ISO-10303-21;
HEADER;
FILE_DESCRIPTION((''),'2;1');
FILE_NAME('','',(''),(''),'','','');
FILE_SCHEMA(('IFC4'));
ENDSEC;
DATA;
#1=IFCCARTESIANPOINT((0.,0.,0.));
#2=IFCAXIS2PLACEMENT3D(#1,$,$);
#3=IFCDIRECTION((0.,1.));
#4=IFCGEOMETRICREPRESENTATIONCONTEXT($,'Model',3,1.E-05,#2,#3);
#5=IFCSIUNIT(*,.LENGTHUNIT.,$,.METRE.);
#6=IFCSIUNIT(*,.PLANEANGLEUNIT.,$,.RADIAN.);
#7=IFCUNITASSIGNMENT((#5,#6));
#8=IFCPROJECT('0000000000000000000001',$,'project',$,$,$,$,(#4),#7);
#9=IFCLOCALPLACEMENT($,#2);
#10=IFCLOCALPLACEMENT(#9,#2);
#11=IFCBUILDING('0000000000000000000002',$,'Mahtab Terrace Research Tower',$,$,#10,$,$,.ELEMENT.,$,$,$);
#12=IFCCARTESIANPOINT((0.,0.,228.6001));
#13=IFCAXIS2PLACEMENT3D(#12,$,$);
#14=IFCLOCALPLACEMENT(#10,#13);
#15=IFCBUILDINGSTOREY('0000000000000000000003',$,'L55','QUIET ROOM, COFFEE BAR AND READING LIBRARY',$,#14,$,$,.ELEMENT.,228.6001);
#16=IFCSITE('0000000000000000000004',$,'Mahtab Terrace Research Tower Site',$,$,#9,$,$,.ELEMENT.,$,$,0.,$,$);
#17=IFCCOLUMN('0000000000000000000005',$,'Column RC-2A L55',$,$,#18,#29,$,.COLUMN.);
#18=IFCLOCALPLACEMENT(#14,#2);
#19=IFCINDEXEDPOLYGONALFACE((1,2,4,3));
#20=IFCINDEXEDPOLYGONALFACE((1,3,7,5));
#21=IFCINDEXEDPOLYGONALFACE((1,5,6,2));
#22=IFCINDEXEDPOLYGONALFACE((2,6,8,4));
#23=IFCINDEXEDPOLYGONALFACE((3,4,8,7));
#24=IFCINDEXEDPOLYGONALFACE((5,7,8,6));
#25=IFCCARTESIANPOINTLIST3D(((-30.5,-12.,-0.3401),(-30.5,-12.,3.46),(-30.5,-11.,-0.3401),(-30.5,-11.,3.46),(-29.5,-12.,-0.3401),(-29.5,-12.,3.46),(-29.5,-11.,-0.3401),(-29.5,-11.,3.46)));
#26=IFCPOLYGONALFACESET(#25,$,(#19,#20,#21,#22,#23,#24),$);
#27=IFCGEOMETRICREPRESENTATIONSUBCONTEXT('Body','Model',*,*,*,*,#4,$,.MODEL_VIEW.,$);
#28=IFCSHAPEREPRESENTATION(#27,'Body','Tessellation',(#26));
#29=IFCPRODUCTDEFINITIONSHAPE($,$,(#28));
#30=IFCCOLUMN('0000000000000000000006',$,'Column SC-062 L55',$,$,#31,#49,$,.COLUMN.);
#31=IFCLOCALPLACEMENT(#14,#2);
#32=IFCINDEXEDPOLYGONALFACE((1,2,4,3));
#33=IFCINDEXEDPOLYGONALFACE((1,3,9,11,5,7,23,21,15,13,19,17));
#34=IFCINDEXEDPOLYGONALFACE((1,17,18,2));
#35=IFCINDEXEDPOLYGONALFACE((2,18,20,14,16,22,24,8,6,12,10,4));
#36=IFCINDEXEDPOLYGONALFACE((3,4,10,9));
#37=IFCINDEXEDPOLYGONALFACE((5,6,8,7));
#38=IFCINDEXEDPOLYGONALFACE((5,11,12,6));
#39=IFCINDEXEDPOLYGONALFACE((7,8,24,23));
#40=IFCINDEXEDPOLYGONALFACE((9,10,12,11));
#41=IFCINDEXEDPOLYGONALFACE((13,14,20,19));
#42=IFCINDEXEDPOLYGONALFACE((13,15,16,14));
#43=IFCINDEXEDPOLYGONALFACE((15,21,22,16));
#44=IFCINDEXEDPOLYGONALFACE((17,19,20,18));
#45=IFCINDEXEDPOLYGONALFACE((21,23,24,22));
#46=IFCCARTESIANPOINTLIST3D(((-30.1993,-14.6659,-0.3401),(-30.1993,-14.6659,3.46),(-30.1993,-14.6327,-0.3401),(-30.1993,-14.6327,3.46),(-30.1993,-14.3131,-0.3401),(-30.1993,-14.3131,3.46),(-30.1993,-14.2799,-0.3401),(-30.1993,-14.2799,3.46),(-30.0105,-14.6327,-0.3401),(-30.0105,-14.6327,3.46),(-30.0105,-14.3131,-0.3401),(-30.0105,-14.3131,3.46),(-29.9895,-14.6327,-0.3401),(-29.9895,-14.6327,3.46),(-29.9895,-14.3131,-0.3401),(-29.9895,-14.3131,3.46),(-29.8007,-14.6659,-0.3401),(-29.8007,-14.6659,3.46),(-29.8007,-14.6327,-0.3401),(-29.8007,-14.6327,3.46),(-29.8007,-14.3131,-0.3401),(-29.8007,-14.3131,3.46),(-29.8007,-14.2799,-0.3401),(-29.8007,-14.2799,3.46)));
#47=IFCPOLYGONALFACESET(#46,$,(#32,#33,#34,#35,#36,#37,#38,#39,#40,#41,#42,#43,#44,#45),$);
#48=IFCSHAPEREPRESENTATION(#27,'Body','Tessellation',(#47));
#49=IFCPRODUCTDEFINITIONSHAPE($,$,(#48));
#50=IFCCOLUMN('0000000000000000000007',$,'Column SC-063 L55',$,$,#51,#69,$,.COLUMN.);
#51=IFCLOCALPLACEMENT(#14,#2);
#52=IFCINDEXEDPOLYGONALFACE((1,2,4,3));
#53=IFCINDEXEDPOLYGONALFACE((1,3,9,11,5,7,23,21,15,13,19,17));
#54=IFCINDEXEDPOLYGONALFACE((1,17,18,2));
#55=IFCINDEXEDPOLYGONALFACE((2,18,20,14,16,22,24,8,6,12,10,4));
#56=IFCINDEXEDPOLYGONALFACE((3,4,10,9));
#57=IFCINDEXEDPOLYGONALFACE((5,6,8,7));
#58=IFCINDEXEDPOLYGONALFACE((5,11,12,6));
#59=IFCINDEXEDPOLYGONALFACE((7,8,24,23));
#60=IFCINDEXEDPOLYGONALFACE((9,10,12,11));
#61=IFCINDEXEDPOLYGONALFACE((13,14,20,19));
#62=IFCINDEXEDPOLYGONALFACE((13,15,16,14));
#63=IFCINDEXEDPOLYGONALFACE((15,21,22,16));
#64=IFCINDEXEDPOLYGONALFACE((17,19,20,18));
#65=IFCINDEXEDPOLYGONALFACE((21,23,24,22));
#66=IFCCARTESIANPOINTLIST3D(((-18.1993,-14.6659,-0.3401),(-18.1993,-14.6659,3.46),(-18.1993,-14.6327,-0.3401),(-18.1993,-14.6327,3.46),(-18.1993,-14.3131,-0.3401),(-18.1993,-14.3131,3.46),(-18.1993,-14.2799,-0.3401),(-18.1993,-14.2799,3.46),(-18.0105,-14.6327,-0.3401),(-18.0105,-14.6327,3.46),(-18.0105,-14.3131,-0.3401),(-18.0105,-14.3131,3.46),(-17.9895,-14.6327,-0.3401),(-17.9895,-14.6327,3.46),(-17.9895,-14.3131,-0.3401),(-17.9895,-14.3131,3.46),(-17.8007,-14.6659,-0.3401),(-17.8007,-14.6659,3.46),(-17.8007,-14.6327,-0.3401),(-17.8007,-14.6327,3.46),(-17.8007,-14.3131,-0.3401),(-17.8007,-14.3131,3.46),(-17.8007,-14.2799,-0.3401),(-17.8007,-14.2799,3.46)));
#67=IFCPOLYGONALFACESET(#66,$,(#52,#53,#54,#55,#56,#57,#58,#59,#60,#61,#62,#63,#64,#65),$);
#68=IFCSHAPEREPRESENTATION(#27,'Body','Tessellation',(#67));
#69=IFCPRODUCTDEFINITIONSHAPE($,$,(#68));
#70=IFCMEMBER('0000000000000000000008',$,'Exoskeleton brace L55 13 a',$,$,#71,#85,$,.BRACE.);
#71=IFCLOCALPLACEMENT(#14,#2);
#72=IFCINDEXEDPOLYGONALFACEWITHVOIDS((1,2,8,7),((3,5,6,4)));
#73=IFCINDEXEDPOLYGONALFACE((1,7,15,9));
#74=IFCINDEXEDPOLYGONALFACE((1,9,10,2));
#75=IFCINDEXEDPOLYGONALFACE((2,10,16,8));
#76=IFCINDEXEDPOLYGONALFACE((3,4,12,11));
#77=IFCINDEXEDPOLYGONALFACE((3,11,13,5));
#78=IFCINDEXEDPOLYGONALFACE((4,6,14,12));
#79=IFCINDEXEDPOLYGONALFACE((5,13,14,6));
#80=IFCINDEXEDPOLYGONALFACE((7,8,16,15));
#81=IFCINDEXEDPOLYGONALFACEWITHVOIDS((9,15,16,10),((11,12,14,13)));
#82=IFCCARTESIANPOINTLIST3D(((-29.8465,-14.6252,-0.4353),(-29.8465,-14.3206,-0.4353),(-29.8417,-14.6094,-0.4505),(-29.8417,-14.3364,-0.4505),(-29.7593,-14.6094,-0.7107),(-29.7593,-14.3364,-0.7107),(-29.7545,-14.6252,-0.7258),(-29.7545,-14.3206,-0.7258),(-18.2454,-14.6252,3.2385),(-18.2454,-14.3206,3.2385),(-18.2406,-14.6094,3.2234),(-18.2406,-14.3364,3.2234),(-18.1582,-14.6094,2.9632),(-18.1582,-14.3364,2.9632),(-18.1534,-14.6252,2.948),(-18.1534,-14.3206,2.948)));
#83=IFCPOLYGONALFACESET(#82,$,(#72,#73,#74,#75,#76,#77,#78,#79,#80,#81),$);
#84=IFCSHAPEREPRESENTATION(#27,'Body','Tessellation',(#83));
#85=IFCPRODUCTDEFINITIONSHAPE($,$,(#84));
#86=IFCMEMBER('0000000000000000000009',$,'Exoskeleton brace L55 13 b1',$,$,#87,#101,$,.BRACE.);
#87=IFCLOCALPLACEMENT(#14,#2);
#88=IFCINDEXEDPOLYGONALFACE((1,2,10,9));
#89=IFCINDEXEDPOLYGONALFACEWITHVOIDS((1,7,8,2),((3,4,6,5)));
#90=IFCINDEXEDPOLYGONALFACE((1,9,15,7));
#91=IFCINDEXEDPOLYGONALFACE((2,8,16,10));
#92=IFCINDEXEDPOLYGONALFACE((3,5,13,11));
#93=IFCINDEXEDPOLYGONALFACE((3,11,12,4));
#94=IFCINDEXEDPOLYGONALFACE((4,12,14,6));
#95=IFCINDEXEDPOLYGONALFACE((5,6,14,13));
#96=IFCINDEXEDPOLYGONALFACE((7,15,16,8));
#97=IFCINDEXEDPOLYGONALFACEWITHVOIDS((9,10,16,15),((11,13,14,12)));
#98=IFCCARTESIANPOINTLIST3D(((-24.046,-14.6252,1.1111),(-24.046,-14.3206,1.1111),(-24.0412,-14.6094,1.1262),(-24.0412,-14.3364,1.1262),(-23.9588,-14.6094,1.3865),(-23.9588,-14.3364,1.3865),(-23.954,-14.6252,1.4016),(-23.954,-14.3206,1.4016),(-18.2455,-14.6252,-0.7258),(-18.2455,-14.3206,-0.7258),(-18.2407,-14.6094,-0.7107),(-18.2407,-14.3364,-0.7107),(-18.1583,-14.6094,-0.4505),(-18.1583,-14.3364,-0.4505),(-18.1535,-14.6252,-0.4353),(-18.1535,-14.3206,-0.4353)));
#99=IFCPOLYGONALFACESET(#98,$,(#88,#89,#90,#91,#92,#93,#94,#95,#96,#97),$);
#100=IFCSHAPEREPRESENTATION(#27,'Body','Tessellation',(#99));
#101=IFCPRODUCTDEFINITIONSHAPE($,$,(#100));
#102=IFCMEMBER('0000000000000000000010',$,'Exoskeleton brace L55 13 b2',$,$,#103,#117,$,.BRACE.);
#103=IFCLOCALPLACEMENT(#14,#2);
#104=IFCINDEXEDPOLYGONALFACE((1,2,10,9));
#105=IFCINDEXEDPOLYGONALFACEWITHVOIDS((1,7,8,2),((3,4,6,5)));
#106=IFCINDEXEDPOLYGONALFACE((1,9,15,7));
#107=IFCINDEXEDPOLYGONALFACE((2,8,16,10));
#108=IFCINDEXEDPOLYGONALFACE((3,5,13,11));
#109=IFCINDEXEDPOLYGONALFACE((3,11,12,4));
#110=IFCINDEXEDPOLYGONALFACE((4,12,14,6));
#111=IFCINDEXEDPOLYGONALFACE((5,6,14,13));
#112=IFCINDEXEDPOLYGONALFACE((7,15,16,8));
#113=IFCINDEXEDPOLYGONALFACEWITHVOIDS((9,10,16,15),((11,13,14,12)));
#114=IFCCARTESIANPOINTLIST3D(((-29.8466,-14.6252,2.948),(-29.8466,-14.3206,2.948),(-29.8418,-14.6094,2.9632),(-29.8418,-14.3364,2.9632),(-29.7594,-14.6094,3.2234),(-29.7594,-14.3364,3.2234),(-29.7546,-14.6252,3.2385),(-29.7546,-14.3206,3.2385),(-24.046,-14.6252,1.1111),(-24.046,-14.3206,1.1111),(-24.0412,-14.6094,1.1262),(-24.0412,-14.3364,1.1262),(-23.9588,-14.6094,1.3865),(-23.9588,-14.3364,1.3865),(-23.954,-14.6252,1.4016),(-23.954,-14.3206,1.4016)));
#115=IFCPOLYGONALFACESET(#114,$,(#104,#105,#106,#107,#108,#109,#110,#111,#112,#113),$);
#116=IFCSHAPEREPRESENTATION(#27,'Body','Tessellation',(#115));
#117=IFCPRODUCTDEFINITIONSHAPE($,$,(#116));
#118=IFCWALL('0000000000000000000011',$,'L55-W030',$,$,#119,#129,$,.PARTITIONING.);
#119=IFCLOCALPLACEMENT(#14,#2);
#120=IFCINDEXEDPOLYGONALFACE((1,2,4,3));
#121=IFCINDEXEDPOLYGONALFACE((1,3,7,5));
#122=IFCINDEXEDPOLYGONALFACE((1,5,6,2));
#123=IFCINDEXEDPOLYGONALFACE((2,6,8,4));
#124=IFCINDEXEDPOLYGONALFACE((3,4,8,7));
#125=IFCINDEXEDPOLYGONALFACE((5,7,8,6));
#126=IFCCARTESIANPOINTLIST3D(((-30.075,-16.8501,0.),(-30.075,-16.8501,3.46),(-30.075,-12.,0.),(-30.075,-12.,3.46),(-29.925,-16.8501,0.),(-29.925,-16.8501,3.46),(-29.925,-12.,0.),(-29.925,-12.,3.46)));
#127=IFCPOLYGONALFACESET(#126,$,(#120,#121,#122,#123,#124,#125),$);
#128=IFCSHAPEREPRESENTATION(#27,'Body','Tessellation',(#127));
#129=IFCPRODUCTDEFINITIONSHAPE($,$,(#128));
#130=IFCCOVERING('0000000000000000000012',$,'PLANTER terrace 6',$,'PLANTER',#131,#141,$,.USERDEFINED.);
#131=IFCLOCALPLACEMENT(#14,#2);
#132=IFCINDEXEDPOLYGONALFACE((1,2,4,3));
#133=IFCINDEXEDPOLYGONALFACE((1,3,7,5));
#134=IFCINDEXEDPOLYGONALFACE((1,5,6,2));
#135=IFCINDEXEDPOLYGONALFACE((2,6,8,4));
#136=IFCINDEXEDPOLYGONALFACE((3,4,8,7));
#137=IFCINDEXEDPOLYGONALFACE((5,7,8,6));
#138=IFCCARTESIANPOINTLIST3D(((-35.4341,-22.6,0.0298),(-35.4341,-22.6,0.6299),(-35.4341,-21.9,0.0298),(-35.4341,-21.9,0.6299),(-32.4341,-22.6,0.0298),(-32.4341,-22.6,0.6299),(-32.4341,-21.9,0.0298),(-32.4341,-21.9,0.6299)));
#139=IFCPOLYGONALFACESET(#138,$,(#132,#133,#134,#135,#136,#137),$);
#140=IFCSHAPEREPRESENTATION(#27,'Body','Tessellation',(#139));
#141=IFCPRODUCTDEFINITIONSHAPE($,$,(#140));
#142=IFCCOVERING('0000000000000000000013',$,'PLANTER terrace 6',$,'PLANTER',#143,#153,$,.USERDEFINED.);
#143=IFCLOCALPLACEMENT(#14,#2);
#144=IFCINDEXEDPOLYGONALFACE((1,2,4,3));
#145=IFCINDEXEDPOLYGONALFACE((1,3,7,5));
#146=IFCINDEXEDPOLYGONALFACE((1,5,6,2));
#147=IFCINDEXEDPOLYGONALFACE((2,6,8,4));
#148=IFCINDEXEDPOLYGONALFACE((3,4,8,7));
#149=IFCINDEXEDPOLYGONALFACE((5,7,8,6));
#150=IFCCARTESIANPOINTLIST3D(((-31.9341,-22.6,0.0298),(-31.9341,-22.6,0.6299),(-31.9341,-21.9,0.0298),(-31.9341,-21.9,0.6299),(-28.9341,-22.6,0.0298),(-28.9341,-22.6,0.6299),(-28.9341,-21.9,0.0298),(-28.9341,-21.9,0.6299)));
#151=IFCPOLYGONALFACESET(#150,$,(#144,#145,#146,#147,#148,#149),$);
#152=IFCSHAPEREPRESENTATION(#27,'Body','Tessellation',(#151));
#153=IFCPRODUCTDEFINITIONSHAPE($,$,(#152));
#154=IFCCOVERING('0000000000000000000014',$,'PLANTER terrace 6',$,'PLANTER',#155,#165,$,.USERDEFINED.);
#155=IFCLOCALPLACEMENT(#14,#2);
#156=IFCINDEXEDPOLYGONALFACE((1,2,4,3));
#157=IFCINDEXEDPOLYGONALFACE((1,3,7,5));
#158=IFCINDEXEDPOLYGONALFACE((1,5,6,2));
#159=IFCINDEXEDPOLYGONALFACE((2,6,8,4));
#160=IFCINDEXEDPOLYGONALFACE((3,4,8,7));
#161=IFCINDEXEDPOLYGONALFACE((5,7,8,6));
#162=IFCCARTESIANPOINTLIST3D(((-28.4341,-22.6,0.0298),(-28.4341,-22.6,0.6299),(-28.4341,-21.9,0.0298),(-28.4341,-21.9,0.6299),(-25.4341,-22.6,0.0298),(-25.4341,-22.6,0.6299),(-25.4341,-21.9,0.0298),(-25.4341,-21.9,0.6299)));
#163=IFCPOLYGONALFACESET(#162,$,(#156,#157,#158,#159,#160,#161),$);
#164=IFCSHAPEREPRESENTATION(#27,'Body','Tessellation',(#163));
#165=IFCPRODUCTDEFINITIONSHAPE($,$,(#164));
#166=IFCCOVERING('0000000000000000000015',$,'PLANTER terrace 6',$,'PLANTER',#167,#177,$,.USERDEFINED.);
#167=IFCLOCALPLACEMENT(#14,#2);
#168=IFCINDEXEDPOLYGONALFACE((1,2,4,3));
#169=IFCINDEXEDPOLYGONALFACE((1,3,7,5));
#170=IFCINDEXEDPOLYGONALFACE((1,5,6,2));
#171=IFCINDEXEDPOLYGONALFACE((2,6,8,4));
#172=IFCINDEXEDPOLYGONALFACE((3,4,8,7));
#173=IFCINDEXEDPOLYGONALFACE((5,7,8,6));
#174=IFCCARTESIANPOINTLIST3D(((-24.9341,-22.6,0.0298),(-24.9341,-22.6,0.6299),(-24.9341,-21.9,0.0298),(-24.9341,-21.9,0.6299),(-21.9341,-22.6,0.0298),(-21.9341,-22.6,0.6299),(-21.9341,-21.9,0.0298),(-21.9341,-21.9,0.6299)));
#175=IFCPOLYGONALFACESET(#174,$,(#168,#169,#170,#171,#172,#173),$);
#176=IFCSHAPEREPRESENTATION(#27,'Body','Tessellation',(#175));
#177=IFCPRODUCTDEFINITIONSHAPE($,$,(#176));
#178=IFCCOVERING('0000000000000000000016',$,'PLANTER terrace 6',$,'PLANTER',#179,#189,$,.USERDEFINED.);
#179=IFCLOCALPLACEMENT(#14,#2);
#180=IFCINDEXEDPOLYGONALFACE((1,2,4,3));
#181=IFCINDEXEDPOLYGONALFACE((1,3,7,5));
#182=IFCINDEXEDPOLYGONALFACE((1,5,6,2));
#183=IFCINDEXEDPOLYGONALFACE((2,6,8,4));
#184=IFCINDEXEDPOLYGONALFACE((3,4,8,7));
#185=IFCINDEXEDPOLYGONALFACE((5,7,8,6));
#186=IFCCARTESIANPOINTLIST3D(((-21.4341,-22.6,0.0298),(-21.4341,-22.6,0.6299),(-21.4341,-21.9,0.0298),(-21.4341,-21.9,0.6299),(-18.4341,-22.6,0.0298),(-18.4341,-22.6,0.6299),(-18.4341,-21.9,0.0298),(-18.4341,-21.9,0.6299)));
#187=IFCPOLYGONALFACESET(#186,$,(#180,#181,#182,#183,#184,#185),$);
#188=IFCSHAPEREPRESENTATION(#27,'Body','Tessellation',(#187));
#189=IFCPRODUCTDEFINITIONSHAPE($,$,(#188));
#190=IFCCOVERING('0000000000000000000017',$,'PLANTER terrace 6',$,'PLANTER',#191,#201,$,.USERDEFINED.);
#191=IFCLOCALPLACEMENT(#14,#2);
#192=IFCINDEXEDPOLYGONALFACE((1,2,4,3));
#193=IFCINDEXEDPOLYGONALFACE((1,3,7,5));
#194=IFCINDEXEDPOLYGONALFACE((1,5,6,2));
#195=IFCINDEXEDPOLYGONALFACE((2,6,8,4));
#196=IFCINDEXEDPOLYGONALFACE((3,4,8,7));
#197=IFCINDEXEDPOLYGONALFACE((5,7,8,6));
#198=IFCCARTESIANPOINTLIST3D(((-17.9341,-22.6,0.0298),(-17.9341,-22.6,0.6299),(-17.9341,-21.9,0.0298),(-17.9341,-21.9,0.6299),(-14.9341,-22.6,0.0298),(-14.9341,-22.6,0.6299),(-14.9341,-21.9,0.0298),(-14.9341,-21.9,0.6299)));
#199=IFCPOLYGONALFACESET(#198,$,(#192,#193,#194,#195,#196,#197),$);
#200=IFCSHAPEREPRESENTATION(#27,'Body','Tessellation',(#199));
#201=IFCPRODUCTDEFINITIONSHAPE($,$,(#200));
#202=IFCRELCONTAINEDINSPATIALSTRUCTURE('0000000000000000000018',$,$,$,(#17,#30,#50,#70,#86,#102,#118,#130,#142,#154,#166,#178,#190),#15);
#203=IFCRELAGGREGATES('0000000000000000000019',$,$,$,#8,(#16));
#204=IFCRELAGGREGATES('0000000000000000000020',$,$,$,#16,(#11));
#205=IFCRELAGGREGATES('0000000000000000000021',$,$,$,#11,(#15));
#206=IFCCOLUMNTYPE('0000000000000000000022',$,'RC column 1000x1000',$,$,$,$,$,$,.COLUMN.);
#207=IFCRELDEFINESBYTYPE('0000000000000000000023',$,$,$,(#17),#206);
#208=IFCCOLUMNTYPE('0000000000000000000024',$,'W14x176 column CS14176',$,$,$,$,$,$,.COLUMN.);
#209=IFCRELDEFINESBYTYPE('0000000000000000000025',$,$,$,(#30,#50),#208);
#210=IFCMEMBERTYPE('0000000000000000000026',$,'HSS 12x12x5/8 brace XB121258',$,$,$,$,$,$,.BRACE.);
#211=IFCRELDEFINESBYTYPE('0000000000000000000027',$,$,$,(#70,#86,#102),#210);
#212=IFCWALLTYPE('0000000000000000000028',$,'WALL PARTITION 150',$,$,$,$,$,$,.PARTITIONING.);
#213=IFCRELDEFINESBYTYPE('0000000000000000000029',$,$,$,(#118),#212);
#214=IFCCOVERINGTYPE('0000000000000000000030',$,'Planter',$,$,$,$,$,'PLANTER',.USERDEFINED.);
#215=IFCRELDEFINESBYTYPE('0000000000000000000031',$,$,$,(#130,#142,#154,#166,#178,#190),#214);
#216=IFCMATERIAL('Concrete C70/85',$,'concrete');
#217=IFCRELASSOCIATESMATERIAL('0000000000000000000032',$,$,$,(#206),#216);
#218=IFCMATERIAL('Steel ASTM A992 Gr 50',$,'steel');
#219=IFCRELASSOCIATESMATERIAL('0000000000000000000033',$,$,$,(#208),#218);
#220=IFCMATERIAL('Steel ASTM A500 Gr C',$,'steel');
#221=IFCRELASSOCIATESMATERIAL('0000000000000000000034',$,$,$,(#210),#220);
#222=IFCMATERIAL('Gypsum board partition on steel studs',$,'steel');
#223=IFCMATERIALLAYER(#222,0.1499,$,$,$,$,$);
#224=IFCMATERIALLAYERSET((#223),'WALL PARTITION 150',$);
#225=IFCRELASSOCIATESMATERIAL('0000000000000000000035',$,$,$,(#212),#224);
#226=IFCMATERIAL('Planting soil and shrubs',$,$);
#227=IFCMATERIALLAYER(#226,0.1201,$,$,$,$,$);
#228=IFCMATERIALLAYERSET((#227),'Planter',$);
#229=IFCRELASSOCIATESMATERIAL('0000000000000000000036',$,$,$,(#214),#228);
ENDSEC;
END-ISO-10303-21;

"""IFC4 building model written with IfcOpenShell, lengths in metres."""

from ifc_helpers import new_model, si_unit, direction, frame, frame_2d, origin, origin_2d, place, context, subcontext, project, spatial, rectangle, hollow_rectangle, i_section, extrude, material, layer, layer_set, material_profile, profile_set, type_object, element, save


model = new_model("IFC4")

# Units and contexts
model_context = context("Model", 3, precision=1e-05, world=origin(), true_north=direction((0.0, 1.0)))
body_context = subcontext(model_context, "Body", "Model", "MODEL_VIEW")
ifc_project = project(units=[si_unit("LENGTHUNIT", "METRE"), si_unit("PLANEANGLEUNIT", "RADIAN")], contexts=[model_context])

# Site, building, storey
site_placement = place(None, origin())
site = spatial("IfcSite", under=ifc_project, at=site_placement, Name="Mahtab Terrace Research Tower Site", CompositionType="ELEMENT", RefElevation=0.0)
building_placement = place(site_placement, origin())
building = spatial("IfcBuilding", under=site, at=building_placement, Name="Mahtab Terrace Research Tower", CompositionType="ELEMENT")
storey_placement = place(building_placement, frame((0.0, 0.0, 228.6001)))
storey = spatial("IfcBuildingStorey", under=building, at=storey_placement, Name="L55", Description="QUIET ROOM, COFFEE BAR AND READING LIBRARY", CompositionType="ELEMENT", Elevation=228.6001)

# Columns
ifc_material_1 = material(Name="Concrete C70/85", Category="concrete")
ifc_material_profile_1 = material_profile(ifc_material_1, rectangle(XDim=1.0, YDim=1.0, at=origin_2d()), Name="RC column 1000x1000")
ifc_profile_set_1 = profile_set([ifc_material_profile_1], Name="Concrete C70/85")
column_type_1 = type_object("IfcColumnType", Name="RC column 1000x1000", PredefinedType="COLUMN", material=ifc_profile_set_1)
column_placement = place(storey_placement, frame((-30.0, -11.5, -0.3401), z_axis=(0.0, 0.0, 1.0), x_axis=(1.0, 0.0, 0.0)))
element("IfcColumn", 1, at=column_placement, inside=storey, type_object=column_type_1, Name="Column RC-2A L55", PredefinedType="COLUMN", context=body_context, shape_type="SweptSolid", body=[
    extrude(rectangle(XDim=1.0, YDim=1.0, at=origin_2d()), origin(), (0.0, 0.0, 1.0), 3.8),
])
ifc_material_2 = material(Name="Steel ASTM A992 Gr 50", Category="steel")
ifc_material_profile_2 = material_profile(ifc_material_2, i_section(OverallWidth=0.3987, OverallDepth=0.386, WebThickness=0.021, FlangeThickness=0.0332, at=origin_2d()), Name="W14X176")
ifc_profile_set_2 = profile_set([ifc_material_profile_2], Name="Steel ASTM A992 Gr 50")
column_type_2 = type_object("IfcColumnType", Name="W14x176 column CS14176", PredefinedType="COLUMN", material=ifc_profile_set_2)
for number, where, z_axis, x_axis, name in (
    (2, (-30.0, -14.4729, -0.3401), (0.0, 0.0, 1.0), (1.0, 0.0, 0.0), "Column SC-062 L55"),
    (3, (-18.0, -14.4729, -0.3401), (0.0, 0.0, 1.0), (1.0, 0.0, 0.0), "Column SC-063 L55"),
):
    element("IfcColumn", number, at=place(storey_placement, frame(where, z_axis=z_axis, x_axis=x_axis)), inside=storey, type_object=column_type_2, Name=name, PredefinedType="COLUMN", context=body_context, shape_type="SweptSolid", body=[
        extrude(i_section(OverallWidth=0.3987, OverallDepth=0.386, WebThickness=0.021, FlangeThickness=0.0332, at=origin_2d()), origin(), (0.0, 0.0, 1.0), 3.8),
    ])

# Members
ifc_material_3 = material(Name="Steel ASTM A500 Gr C", Category="steel")
ifc_material_profile_3 = material_profile(ifc_material_3, hollow_rectangle(XDim=0.3047, YDim=0.3047, WallThickness=0.0159, at=origin_2d()), Name="HSS12X12X5/8")
ifc_profile_set_3 = profile_set([ifc_material_profile_3], Name="Steel ASTM A500 Gr C")
member_type = type_object("IfcMemberType", Name="HSS 12x12x5/8 brace XB121258", PredefinedType="BRACE", material=ifc_profile_set_3)
member_placement = place(storey_placement, frame((-29.8005, -14.4729, -0.5806), z_axis=(0.953339, 0.0, 0.301903), x_axis=(0.0, 1.0, 0.0)))
element("IfcMember", 4, at=member_placement, inside=storey, type_object=member_type, Name="Exoskeleton brace L55 13 a", PredefinedType="BRACE", context=body_context, shape_type="SweptSolid", body=[
    extrude(hollow_rectangle(XDim=0.3047, YDim=0.3047, WallThickness=0.0159, at=origin_2d()), origin(), (0.0, 0.0, 1.0), 12.1689),
])
for number, where, z_axis, x_axis, name in (
    (5, (-18.1995, -14.4729, -0.5806), (-0.953339, 0.0, 0.301903), (0.0, -1.0, 0.0), "Exoskeleton brace L55 13 b1"),
    (6, (-24.0, -14.4729, 1.2563), (-0.953339, 0.0, 0.301903), (0.0, -1.0, 0.0), "Exoskeleton brace L55 13 b2"),
):
    element("IfcMember", number, at=place(storey_placement, frame(where, z_axis=z_axis, x_axis=x_axis)), inside=storey, type_object=member_type, Name=name, PredefinedType="BRACE", context=body_context, shape_type="SweptSolid", body=[
        extrude(hollow_rectangle(XDim=0.3047, YDim=0.3047, WallThickness=0.0159, at=origin_2d()), origin(), (0.0, 0.0, 1.0), 6.0845),
    ])

# Wall
ifc_material_4 = material(Name="Gypsum board partition on steel studs", Category="steel")
ifc_layer_1 = layer(ifc_material_4, 0.1499)
ifc_layer_set_1 = layer_set([ifc_layer_1], Name="WALL PARTITION 150")
wall_type = type_object("IfcWallType", Name="WALL PARTITION 150", PredefinedType="PARTITIONING", material=ifc_layer_set_1)
wall_placement = place(storey_placement, frame((-30.0, -16.8501, 0.0), z_axis=(0.0, 0.0, 1.0), x_axis=(0.0, 1.0, 0.0)))
element("IfcWall", 7, at=wall_placement, inside=storey, type_object=wall_type, Name="L55-W030", PredefinedType="PARTITIONING", context=body_context, shape_type="SweptSolid", body=[
    extrude(rectangle(XDim=4.8501, YDim=0.1499, at=frame_2d((2.425, 0.0))), origin(), (0.0, 0.0, 1.0), 3.46),
])

# Coverings
ifc_material_5 = material(Name="Planting soil and shrubs")
ifc_layer_2 = layer(ifc_material_5, 0.1201)
ifc_layer_set_2 = layer_set([ifc_layer_2], Name="Planter")
covering_type = type_object("IfcCoveringType", Name="Planter", ElementType="PLANTER", PredefinedType="USERDEFINED", material=ifc_layer_set_2)
for number, where, z_axis, x_axis, name in (
    (8, (-33.9341, -22.25, 0.0298), (0.0, 0.0, 1.0), (1.0, 0.0, 0.0), "PLANTER terrace 6"),
    (9, (-30.4341, -22.25, 0.0298), (0.0, 0.0, 1.0), (1.0, 0.0, 0.0), "PLANTER terrace 6"),
    (10, (-26.9341, -22.25, 0.0298), (0.0, 0.0, 1.0), (1.0, 0.0, 0.0), "PLANTER terrace 6"),
    (11, (-23.4341, -22.25, 0.0298), (0.0, 0.0, 1.0), (1.0, 0.0, 0.0), "PLANTER terrace 6"),
    (12, (-19.9341, -22.25, 0.0298), (0.0, 0.0, 1.0), (1.0, 0.0, 0.0), "PLANTER terrace 6"),
    (13, (-16.4341, -22.25, 0.0298), (0.0, 0.0, 1.0), (1.0, 0.0, 0.0), "PLANTER terrace 6"),
):
    element("IfcCovering", number, at=place(storey_placement, frame(where, z_axis=z_axis, x_axis=x_axis)), inside=storey, type_object=covering_type, Name=name, ObjectType="PLANTER", PredefinedType="USERDEFINED", context=body_context, shape_type="SweptSolid", body=[
        extrude(rectangle(XDim=3.0, YDim=0.7, at=origin_2d()), origin(), (0.0, 0.0, 1.0), 0.6001),
    ])

save(model, "model.ifc")
